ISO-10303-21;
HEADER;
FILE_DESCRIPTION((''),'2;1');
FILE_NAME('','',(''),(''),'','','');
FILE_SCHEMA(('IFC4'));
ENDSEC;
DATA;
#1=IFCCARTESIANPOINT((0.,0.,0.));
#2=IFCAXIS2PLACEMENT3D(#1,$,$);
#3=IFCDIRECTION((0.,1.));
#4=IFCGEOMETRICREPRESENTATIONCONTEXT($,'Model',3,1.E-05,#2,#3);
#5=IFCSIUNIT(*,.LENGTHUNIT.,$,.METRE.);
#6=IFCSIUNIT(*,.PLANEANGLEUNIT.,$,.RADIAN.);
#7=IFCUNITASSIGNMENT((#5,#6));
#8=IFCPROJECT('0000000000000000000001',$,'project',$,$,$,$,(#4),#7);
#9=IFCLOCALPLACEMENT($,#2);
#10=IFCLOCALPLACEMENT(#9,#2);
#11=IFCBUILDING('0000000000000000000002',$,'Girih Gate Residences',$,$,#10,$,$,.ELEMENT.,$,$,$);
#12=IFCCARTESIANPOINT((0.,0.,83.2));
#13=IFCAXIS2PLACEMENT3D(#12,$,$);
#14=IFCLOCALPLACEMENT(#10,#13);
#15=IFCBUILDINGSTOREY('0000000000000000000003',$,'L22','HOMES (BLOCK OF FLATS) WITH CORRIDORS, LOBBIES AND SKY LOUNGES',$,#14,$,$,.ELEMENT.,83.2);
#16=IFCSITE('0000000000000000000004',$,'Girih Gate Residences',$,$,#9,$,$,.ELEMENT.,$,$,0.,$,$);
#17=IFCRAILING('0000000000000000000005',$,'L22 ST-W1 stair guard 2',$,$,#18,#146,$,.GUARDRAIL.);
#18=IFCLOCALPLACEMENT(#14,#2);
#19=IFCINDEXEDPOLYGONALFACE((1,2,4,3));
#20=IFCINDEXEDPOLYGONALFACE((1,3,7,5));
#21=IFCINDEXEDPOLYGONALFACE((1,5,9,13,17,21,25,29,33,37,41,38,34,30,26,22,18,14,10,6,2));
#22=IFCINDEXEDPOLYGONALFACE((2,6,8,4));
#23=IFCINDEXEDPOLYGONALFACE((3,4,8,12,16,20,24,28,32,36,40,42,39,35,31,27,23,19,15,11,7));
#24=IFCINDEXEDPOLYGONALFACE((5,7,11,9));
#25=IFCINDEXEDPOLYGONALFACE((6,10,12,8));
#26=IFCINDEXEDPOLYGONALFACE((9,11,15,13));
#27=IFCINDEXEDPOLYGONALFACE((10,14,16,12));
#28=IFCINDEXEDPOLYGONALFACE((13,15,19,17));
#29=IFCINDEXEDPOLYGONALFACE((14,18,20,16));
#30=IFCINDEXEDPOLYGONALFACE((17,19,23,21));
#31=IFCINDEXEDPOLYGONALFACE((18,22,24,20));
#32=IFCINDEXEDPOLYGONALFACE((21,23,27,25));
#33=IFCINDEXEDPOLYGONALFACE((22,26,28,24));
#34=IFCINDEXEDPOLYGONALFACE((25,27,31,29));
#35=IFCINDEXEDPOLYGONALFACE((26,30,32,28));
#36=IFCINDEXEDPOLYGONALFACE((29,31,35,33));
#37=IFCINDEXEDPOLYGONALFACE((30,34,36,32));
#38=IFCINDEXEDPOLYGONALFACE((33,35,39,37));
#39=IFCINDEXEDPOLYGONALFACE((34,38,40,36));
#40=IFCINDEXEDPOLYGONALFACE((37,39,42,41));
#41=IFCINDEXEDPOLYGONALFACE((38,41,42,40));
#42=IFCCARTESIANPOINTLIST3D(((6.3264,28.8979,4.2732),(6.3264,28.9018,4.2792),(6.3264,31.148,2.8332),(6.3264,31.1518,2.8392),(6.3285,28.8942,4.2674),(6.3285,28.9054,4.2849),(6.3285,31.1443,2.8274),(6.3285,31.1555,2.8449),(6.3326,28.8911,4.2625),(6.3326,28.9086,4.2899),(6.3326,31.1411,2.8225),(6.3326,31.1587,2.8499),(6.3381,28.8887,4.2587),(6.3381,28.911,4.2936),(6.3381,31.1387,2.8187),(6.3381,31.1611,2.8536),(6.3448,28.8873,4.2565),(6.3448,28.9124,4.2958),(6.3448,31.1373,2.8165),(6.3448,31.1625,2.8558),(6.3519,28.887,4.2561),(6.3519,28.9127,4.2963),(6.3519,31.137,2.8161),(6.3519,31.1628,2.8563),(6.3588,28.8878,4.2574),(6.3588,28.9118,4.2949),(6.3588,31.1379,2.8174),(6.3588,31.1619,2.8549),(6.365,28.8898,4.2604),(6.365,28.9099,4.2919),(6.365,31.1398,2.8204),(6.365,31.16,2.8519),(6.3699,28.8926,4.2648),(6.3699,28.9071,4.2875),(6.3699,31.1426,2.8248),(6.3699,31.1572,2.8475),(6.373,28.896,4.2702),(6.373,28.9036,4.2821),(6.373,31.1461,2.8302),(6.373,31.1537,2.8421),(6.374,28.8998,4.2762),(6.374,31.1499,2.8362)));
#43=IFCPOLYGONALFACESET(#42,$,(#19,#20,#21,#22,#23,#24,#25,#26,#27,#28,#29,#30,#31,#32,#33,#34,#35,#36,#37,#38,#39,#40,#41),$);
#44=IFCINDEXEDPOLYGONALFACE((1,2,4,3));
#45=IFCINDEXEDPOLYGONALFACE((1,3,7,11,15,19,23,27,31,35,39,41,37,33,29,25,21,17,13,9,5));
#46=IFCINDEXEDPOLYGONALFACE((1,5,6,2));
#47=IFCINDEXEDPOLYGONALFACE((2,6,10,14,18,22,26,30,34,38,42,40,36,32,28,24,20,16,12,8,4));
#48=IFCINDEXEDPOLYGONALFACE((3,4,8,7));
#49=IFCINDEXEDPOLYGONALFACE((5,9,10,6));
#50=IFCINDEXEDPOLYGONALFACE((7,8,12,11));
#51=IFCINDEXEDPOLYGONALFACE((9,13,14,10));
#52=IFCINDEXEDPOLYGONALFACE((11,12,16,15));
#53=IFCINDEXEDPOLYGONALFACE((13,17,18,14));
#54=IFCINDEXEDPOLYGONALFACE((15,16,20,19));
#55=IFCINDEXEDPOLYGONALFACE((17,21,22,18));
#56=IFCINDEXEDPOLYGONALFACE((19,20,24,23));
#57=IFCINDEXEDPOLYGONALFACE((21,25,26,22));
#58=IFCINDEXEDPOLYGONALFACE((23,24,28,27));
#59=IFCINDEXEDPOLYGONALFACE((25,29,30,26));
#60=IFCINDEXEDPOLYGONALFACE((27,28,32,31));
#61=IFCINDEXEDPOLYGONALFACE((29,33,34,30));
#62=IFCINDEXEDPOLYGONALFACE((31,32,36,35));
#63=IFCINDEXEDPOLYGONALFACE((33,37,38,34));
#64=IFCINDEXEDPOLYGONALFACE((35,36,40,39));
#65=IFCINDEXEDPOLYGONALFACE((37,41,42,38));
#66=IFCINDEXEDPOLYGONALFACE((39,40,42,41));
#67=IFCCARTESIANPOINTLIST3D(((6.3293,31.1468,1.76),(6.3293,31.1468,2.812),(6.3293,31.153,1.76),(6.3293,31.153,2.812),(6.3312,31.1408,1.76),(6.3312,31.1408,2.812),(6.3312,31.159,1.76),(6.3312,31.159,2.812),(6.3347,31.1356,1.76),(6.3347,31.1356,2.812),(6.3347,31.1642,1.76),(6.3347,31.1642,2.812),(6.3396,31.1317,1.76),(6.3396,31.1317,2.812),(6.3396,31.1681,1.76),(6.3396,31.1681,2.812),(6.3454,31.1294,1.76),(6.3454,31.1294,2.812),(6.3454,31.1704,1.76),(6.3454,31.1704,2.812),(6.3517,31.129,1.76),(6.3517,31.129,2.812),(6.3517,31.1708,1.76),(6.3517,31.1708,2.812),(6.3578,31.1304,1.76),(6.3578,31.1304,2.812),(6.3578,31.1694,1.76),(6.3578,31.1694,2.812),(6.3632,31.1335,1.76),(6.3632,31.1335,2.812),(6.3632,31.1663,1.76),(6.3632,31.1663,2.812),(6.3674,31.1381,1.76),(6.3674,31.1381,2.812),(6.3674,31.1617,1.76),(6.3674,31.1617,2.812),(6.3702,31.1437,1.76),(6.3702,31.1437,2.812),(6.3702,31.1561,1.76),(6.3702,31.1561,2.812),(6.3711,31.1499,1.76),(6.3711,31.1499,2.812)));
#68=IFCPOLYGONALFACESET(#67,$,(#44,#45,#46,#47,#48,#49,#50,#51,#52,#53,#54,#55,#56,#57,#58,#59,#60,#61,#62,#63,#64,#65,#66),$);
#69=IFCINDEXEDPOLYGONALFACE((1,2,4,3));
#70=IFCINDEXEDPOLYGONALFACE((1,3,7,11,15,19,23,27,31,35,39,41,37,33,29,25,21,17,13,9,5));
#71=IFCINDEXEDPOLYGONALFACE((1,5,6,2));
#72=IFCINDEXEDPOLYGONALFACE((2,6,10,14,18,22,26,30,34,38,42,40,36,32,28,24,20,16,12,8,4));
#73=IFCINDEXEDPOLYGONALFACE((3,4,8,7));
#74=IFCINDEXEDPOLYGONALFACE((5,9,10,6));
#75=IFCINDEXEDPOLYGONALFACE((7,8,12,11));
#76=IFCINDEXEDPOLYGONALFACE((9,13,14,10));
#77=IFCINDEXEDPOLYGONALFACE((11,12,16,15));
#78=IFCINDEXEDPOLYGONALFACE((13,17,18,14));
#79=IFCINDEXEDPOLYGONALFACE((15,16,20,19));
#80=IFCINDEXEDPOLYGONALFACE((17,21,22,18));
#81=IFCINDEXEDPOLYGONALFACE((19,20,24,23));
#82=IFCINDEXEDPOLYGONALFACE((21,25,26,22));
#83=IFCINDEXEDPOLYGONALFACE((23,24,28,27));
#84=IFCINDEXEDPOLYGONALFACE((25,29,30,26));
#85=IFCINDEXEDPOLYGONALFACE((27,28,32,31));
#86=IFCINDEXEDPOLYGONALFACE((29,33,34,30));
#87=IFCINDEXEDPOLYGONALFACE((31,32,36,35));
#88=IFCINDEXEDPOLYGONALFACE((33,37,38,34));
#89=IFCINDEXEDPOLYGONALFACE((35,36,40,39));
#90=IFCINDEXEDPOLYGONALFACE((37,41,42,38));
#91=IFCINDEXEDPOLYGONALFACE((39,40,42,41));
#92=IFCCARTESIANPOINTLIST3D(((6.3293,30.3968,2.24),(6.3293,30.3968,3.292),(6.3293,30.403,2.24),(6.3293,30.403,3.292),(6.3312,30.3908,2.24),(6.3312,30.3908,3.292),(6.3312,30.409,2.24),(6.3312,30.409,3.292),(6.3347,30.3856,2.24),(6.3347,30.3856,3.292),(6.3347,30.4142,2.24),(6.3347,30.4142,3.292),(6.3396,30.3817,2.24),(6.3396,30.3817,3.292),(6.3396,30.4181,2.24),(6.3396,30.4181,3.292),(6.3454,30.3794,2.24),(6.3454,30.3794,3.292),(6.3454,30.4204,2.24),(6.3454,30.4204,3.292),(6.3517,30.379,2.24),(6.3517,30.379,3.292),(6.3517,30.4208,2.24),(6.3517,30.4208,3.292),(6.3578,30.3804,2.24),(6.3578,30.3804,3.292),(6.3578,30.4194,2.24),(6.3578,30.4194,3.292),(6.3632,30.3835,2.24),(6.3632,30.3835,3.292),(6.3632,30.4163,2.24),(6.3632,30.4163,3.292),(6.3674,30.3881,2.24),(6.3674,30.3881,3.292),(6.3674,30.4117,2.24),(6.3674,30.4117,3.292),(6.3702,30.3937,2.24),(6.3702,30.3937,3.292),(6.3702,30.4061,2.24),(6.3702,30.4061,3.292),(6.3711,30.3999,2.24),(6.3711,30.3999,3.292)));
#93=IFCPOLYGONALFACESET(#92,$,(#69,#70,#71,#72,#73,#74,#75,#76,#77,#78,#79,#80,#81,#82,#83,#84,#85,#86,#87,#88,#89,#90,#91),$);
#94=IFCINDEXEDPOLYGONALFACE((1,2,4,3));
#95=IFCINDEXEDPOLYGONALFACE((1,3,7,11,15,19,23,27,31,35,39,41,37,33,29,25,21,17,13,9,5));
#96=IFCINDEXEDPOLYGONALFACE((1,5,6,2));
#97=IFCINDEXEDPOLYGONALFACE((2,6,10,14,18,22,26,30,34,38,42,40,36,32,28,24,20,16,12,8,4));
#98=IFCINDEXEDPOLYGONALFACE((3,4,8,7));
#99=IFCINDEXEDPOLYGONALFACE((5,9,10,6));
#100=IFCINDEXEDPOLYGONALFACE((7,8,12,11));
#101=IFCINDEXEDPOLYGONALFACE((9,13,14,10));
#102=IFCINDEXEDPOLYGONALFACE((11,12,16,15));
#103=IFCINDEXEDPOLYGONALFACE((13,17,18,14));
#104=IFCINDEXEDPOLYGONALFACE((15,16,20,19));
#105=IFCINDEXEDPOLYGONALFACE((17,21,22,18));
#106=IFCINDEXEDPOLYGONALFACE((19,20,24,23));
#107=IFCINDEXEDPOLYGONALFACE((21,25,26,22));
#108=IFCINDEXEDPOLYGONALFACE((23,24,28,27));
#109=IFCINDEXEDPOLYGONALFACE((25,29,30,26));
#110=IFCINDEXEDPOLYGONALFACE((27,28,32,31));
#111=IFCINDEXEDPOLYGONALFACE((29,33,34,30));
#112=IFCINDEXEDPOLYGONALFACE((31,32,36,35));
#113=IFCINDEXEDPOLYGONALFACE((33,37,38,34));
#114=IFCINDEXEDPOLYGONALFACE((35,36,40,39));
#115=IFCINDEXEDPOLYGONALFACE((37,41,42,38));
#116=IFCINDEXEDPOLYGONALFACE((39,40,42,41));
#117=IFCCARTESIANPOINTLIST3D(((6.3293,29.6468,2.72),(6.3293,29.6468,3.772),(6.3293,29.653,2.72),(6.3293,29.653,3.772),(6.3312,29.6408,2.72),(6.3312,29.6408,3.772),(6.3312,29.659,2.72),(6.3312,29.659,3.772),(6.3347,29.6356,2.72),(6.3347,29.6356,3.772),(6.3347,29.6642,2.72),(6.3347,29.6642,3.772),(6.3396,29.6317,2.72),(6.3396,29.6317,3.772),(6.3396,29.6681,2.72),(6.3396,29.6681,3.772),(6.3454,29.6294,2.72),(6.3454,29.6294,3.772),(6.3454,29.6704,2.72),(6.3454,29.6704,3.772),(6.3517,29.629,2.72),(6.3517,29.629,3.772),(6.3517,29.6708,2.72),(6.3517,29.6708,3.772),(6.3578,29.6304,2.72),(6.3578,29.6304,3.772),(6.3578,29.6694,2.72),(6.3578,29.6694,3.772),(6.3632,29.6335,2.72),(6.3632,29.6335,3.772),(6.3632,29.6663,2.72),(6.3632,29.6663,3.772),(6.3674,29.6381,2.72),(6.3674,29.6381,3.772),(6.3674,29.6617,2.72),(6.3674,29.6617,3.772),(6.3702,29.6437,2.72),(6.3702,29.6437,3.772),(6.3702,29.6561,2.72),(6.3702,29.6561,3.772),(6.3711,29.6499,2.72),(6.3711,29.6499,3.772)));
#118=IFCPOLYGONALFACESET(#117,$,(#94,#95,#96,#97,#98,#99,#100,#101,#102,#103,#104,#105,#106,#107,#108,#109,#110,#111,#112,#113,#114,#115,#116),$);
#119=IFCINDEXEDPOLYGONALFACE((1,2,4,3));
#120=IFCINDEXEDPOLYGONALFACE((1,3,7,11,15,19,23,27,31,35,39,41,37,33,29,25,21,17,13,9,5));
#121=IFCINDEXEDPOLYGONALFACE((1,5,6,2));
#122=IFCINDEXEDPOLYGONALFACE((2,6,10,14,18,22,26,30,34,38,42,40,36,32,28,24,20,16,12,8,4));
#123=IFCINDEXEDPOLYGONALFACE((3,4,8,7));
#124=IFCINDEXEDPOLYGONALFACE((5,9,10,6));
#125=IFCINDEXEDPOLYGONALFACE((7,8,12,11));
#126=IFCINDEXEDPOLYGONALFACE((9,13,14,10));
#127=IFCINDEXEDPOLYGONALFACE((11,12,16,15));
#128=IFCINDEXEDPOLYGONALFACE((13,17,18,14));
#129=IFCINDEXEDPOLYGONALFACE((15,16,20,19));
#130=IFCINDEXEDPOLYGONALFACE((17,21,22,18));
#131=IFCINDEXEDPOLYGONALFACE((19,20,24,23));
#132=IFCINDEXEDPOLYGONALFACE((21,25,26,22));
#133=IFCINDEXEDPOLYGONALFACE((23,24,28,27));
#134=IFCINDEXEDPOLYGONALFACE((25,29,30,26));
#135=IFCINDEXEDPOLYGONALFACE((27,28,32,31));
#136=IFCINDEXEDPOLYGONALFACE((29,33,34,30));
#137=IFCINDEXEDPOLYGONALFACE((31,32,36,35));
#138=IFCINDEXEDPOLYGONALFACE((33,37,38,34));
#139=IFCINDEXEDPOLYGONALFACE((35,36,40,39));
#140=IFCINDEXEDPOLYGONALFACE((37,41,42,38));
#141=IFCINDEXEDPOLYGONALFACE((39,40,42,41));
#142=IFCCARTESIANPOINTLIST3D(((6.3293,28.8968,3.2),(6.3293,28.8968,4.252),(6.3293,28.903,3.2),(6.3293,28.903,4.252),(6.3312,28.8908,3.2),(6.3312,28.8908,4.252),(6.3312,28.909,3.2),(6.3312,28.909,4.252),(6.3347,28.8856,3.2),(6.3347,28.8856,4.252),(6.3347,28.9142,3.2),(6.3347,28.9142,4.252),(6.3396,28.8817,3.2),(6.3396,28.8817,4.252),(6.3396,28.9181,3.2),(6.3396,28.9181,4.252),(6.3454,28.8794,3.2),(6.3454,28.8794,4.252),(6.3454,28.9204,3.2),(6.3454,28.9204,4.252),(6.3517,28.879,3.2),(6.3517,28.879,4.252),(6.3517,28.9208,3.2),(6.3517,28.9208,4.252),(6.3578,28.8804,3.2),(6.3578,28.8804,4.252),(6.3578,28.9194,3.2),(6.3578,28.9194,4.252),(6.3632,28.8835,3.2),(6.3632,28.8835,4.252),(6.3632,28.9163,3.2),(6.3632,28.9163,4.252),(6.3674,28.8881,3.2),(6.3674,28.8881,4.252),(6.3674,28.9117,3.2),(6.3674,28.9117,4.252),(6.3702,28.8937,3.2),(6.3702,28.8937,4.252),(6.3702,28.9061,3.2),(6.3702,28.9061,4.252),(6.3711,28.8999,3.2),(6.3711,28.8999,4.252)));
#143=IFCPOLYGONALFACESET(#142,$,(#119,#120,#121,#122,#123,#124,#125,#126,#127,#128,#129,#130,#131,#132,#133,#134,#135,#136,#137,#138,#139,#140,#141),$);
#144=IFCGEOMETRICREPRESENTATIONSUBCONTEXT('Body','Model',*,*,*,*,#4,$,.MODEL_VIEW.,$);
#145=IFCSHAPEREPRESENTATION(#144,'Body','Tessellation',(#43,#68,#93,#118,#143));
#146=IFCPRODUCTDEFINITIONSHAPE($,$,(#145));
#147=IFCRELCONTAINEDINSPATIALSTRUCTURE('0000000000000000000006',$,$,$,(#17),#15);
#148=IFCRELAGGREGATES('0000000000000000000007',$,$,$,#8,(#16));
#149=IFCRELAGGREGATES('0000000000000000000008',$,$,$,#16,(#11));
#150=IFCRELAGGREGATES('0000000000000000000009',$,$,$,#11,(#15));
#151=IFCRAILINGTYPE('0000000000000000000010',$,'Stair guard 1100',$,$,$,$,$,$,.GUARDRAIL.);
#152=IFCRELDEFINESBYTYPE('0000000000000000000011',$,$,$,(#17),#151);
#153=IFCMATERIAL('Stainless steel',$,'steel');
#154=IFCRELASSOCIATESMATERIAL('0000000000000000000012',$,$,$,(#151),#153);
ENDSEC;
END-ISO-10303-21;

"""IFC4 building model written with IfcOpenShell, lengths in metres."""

from ifc_helpers import new_model, si_unit, direction, frame, origin, origin_2d, place, context, subcontext, project, spatial, circle, extrude, material, type_object, element, save


model = new_model("IFC4")

# Units and contexts
model_context = context("Model", 3, precision=1e-05, world=origin(), true_north=direction((0.0, 1.0)))
body_context = subcontext(model_context, "Body", "Model", "MODEL_VIEW")
ifc_project = project(units=[si_unit("LENGTHUNIT", "METRE"), si_unit("PLANEANGLEUNIT", "RADIAN")], contexts=[model_context])

# Site, building, storey
site_placement = place(None, origin())
site = spatial("IfcSite", under=ifc_project, at=site_placement, Name="Girih Gate Residences", CompositionType="ELEMENT", RefElevation=0.0)
building_placement = place(site_placement, origin())
building = spatial("IfcBuilding", under=site, at=building_placement, Name="Girih Gate Residences", CompositionType="ELEMENT")
storey_placement = place(building_placement, frame((0.0, 0.0, 83.2)))
storey = spatial("IfcBuildingStorey", under=building, at=storey_placement, Name="L22", Description="HOMES (BLOCK OF FLATS) WITH CORRIDORS, LOBBIES AND SKY LOUNGES", CompositionType="ELEMENT", Elevation=83.2)

# Shared definitions
ifc_material_1 = material(Name="Stainless steel", Category="steel")

# Railing
railing_type = type_object("IfcRailingType", Name="Stair guard 1100", PredefinedType="GUARDRAIL", material=ifc_material_1)
railing_placement = place(storey_placement, frame((6.3501, 31.1499, 1.76)))
element("IfcRailing", 1, at=railing_placement, inside=storey, type_object=railing_type, Name="L22 ST-W1 stair guard 2", PredefinedType="GUARDRAIL", context=body_context, shape_type="SweptSolid", body=[
    extrude(circle(Radius=0.0239, at=origin_2d()), frame((0.0, 0.0, 1.0762), z_axis=(0.0, -0.842281, 0.539038), x_axis=(1.0, 0.0, 0.0)), (0.0, 0.0, 1.0), 2.6714),
    extrude(circle(Radius=0.021, at=origin_2d()), origin(), (0.0, 0.0, 1.0), 1.052),
    extrude(circle(Radius=0.021, at=origin_2d()), frame((0.0, -0.75, 0.48)), (0.0, 0.0, 1.0), 1.052),
    extrude(circle(Radius=0.021, at=origin_2d()), frame((0.0, -1.5, 0.96)), (0.0, 0.0, 1.0), 1.052),
    extrude(circle(Radius=0.021, at=origin_2d()), frame((0.0, -2.25, 1.4399)), (0.0, 0.0, 1.0), 1.052),
])

save(model, "model.ifc")
